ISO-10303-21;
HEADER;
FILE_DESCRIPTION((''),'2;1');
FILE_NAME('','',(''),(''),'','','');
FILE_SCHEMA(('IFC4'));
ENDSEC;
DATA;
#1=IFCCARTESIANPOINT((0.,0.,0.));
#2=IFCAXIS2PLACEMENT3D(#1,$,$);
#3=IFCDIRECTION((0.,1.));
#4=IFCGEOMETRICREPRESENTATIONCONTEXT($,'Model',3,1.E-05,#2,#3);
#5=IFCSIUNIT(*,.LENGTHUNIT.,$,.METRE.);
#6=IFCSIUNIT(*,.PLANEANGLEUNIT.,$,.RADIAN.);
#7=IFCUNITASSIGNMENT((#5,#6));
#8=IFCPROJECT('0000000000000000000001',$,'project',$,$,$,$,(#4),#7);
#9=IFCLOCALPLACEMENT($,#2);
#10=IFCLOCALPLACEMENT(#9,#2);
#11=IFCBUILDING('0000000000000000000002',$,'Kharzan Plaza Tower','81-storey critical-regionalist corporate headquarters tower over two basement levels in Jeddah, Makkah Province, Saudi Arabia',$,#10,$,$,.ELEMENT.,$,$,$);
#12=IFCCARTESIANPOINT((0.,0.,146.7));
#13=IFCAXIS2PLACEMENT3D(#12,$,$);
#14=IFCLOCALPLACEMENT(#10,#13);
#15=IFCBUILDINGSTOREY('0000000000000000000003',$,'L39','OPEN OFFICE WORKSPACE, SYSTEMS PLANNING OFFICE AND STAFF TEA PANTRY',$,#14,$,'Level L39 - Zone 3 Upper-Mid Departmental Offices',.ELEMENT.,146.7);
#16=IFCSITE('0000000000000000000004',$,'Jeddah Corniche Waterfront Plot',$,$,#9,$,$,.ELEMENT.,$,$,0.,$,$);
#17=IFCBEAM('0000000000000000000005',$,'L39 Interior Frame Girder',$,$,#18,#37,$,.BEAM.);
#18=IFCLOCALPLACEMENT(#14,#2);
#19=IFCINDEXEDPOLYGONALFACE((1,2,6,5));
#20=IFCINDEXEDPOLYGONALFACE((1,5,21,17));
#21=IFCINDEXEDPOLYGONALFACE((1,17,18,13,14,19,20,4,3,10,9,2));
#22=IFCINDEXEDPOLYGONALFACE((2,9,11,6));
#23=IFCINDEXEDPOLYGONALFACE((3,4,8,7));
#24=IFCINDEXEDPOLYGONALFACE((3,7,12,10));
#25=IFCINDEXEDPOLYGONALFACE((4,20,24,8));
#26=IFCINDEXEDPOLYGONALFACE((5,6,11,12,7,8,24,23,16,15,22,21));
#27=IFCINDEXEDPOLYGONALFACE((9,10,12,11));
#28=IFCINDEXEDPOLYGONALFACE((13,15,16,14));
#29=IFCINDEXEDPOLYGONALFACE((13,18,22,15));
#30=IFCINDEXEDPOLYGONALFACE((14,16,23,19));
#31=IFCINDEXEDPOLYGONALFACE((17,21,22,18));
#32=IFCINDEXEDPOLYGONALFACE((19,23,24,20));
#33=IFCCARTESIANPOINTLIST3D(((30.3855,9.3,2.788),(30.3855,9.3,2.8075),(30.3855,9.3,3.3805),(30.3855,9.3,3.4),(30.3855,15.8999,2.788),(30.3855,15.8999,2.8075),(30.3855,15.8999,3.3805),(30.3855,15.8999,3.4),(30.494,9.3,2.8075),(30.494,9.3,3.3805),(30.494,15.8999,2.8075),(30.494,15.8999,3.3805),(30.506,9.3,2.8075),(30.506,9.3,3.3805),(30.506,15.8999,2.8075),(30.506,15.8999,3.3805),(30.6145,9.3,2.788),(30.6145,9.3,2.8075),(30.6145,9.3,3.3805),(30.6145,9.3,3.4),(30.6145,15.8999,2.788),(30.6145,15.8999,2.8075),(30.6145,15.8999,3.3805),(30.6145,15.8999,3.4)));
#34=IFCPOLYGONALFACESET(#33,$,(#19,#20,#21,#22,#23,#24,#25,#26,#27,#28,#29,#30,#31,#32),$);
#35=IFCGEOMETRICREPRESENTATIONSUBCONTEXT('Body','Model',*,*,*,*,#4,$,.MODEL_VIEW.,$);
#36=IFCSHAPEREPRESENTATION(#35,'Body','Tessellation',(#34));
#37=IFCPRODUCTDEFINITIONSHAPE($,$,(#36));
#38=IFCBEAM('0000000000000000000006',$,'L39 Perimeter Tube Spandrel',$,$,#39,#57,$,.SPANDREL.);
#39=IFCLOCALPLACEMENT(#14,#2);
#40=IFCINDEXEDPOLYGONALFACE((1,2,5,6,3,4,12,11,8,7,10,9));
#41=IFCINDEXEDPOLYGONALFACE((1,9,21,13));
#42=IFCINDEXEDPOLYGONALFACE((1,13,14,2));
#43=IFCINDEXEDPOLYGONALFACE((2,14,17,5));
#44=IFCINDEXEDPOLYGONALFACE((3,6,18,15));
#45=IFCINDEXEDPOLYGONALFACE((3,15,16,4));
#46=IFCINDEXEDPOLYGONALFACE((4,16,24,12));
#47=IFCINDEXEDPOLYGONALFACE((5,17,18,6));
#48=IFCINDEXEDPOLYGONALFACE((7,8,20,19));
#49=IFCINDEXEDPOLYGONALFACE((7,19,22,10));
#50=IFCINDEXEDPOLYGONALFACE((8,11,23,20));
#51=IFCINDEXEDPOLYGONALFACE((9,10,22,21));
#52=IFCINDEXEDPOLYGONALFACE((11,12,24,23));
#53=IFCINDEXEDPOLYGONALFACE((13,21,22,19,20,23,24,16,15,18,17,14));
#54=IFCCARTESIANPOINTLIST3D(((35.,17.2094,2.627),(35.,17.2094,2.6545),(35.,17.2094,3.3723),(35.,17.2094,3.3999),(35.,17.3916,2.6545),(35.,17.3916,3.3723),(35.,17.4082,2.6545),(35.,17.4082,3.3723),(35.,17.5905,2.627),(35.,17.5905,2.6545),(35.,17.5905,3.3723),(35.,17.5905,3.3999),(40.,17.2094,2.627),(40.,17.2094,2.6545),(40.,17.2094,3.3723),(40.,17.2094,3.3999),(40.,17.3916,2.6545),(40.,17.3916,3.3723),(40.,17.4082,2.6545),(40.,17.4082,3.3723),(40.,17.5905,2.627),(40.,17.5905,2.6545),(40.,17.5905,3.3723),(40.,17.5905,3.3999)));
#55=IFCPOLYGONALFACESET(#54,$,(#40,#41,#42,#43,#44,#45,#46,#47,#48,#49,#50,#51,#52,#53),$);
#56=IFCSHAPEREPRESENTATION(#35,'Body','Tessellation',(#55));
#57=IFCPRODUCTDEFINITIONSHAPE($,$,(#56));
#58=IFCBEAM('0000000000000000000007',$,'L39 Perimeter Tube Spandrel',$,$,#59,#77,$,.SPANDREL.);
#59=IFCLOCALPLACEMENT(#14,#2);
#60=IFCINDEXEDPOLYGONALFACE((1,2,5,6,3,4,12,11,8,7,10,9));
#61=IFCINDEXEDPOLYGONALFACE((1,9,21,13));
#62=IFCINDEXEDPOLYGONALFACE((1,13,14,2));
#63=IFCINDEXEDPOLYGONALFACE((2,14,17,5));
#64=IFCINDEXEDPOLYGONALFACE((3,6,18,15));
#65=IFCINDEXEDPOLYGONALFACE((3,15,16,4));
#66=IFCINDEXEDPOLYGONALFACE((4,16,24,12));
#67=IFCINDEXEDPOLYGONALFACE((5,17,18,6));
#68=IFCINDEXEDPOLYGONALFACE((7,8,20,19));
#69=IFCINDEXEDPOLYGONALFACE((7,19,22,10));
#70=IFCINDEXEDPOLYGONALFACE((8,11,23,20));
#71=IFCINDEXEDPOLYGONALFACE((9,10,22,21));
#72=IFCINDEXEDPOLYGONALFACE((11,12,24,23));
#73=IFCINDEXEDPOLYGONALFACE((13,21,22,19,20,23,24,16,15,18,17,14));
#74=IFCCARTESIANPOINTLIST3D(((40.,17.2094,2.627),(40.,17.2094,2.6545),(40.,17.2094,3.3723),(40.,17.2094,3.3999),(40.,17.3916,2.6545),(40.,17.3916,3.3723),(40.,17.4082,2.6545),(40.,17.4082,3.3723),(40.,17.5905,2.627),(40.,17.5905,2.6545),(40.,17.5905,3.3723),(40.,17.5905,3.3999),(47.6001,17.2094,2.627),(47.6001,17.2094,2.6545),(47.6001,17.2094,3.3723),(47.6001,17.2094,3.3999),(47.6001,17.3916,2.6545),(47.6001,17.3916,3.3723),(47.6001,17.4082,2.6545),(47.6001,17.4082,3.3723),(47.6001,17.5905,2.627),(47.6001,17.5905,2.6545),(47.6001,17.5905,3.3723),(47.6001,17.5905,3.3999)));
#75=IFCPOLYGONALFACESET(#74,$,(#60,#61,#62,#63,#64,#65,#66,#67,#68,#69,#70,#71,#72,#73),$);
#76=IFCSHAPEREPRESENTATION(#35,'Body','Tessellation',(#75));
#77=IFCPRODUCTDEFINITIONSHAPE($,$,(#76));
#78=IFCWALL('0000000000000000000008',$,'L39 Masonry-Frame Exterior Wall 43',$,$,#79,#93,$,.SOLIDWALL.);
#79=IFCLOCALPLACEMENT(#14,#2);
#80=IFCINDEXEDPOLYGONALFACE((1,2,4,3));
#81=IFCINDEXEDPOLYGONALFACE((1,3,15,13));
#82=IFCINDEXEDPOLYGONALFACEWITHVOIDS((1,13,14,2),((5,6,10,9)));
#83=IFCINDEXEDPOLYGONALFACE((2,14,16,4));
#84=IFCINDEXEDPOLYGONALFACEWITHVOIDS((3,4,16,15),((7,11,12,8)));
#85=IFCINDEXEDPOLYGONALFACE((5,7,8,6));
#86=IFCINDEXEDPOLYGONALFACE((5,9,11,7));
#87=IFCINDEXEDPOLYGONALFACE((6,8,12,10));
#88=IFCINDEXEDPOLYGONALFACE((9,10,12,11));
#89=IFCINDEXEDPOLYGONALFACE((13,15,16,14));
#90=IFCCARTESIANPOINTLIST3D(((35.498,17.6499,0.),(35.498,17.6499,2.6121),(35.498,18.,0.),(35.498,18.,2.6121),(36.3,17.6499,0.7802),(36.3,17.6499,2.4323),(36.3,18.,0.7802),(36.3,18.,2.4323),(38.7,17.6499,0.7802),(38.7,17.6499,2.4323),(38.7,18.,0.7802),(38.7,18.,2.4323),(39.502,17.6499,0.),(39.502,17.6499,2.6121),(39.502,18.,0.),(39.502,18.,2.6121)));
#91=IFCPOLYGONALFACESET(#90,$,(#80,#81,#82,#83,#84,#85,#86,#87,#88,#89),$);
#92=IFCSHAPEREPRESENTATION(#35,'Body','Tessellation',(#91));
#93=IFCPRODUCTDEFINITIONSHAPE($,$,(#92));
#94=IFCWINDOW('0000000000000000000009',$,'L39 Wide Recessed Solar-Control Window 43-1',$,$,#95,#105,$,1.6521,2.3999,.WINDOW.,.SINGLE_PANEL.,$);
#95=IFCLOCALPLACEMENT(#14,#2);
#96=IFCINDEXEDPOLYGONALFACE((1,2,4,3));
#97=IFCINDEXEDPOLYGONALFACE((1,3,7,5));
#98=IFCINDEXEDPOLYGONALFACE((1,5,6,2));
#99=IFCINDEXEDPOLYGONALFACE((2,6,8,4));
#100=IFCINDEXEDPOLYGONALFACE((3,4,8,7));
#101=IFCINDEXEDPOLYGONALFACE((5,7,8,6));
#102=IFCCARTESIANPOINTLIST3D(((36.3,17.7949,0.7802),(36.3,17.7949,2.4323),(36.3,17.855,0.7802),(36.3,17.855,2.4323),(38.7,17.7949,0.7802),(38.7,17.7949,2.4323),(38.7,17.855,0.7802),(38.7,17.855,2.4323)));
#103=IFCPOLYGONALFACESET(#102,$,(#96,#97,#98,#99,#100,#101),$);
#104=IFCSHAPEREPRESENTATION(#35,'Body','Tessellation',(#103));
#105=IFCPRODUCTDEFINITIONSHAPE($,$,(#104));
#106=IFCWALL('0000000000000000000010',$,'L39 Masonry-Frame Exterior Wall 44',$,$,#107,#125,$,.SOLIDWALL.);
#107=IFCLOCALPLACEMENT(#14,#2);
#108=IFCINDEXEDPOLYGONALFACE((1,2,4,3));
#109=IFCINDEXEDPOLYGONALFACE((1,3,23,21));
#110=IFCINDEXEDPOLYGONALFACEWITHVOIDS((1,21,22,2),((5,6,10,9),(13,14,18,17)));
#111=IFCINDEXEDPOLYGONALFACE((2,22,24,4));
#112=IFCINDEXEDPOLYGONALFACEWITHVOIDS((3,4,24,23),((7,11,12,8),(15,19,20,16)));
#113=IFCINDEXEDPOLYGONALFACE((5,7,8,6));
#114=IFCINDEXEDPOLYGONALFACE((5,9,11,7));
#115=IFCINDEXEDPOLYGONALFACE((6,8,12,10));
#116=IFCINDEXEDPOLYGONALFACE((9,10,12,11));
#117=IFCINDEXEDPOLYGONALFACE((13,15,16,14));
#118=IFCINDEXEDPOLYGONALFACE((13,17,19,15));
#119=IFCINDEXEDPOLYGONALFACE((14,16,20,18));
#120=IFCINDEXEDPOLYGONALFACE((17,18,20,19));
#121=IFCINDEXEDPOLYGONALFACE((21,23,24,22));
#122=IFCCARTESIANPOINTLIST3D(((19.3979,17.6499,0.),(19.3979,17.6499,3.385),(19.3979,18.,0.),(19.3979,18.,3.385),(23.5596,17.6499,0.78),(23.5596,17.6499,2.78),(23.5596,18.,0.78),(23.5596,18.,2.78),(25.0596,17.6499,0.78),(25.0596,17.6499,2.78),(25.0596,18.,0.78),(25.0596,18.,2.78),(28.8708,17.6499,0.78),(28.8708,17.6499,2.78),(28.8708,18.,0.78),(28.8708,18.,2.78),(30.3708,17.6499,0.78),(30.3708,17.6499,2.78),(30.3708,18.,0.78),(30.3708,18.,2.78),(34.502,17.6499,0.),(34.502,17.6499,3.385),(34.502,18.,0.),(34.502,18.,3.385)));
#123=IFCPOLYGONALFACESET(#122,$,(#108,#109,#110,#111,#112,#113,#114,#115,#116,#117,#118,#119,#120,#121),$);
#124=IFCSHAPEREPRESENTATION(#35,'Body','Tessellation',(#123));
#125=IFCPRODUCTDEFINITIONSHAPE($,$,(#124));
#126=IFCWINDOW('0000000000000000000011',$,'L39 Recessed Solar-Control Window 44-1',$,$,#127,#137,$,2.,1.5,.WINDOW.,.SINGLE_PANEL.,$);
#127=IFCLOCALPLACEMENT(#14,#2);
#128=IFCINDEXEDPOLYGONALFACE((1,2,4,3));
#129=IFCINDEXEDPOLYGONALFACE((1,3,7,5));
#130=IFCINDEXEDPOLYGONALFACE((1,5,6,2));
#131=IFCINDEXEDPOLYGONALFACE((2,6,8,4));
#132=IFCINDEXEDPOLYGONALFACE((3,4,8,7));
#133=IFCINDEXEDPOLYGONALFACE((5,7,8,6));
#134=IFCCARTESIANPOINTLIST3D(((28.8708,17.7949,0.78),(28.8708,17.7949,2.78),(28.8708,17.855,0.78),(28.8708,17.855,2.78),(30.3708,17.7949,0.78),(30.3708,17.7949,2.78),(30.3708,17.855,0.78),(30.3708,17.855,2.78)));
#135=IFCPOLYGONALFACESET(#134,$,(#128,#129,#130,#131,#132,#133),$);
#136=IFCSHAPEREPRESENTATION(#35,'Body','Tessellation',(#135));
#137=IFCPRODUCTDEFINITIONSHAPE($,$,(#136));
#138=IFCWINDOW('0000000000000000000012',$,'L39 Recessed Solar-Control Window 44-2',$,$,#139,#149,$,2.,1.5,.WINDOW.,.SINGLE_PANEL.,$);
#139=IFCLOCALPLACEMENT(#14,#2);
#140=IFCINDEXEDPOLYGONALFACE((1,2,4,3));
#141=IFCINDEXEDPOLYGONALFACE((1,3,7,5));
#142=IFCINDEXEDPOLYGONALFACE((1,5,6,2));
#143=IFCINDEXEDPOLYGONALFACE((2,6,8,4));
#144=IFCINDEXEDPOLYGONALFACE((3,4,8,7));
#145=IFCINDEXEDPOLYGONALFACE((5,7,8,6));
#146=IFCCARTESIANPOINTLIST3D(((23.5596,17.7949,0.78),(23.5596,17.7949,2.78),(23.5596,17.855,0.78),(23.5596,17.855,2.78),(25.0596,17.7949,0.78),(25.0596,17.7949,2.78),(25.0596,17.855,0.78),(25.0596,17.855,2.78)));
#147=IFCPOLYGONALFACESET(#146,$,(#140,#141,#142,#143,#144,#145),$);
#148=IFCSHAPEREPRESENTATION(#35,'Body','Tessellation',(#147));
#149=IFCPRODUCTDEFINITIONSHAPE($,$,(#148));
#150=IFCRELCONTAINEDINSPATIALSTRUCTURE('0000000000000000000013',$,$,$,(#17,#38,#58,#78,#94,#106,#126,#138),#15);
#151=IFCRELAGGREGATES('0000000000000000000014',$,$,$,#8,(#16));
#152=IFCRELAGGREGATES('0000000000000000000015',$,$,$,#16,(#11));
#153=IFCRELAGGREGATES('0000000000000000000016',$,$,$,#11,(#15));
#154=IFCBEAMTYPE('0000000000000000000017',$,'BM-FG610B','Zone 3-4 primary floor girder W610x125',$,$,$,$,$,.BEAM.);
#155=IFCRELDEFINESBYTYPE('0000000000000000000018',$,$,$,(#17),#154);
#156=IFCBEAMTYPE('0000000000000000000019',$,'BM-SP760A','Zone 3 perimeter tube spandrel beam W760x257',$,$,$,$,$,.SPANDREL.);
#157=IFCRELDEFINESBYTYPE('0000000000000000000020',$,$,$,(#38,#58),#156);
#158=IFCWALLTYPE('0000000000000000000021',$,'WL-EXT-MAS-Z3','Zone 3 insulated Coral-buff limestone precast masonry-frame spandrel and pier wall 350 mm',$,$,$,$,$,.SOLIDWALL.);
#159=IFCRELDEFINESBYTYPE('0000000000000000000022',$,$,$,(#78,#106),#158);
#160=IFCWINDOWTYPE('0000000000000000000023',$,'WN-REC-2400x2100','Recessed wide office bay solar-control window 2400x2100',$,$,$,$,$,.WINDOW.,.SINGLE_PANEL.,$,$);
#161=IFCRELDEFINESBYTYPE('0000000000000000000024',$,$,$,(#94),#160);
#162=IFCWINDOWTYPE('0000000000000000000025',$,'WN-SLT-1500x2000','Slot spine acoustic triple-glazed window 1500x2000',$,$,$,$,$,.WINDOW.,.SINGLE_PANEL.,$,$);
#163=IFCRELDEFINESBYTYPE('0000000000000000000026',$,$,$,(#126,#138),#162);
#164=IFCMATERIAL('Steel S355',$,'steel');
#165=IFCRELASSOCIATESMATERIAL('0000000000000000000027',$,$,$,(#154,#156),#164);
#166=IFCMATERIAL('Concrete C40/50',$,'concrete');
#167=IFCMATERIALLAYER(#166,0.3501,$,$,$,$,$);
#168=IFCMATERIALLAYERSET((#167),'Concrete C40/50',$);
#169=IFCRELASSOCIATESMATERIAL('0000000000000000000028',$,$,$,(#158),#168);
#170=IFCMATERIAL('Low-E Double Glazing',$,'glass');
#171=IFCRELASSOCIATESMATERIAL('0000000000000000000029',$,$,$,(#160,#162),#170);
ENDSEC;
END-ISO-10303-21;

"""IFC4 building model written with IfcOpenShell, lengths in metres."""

from ifc_helpers import new_model, si_unit, direction, frame, frame_2d, origin, origin_2d, place, context, subcontext, project, spatial, rectangle, i_section, extrude, source, transform, mapped, material, layer, layer_set, material_profile, profile_set, type_object, element, fill, save


model = new_model("IFC4")

# Units and contexts
model_context = context("Model", 3, precision=1e-05, world=origin(), true_north=direction((0.0, 1.0)))
body_context = subcontext(model_context, "Body", "Model", "MODEL_VIEW")
ifc_project = project(units=[si_unit("LENGTHUNIT", "METRE"), si_unit("PLANEANGLEUNIT", "RADIAN")], contexts=[model_context])

# Site, building, storey
site_placement = place(None, origin())
site = spatial("IfcSite", under=ifc_project, at=site_placement, Name="Jeddah Corniche Waterfront Plot", CompositionType="ELEMENT", RefElevation=0.0)
building_placement = place(site_placement, origin())
building = spatial("IfcBuilding", under=site, at=building_placement, Name="Kharzan Plaza Tower", Description="81-storey critical-regionalist corporate headquarters tower over two basement levels in Jeddah, Makkah Province, Saudi Arabia", CompositionType="ELEMENT")
storey_placement = place(building_placement, frame((0.0, 0.0, 146.7)))
storey = spatial("IfcBuildingStorey", under=building, at=storey_placement, Name="L39", Description="OPEN OFFICE WORKSPACE, SYSTEMS PLANNING OFFICE AND STAFF TEA PANTRY", LongName="Level L39 - Zone 3 Upper-Mid Departmental Offices", CompositionType="ELEMENT", Elevation=146.7)

# Beams
ifc_material_1 = material(Name="Steel S355", Category="steel")
ifc_material_profile_1 = material_profile(ifc_material_1, i_section(OverallWidth=0.229, OverallDepth=0.6121, WebThickness=0.012, FlangeThickness=0.0195, at=origin_2d()), Name="W610x125")
ifc_profile_set_1 = profile_set([ifc_material_profile_1], Name="Steel S355")
beam_type_1 = type_object("IfcBeamType", Name="BM-FG610B", Description="Zone 3-4 primary floor girder W610x125", PredefinedType="BEAM", material=ifc_profile_set_1)
shared_shape_1 = source(origin(), body_context, "Body", "SweptSolid", [
    extrude(i_section(OverallWidth=0.229, OverallDepth=0.6121, WebThickness=0.012, FlangeThickness=0.0195, at=origin_2d()), origin(), (0.0, 0.0, 1.0), 6.5999),
])
beam_1_placement = place(storey_placement, frame((30.5, 9.3, 3.094), z_axis=(0.0, 1.0, 0.0), x_axis=(-1.0, 0.0, 0.0)))
element("IfcBeam", 1, at=beam_1_placement, inside=storey, type_object=beam_type_1, Name="L39 Interior Frame Girder", PredefinedType="BEAM", context=body_context, shape_type="MappedRepresentation", body=[
    mapped(shared_shape_1, transform((0.0, 0.0, 0.0), x_axis=(1.0, 0.0, 0.0), y_axis=(0.0, 1.0, 0.0), z_axis=(0.0, 0.0, 1.0))),
])
ifc_material_profile_2 = material_profile(ifc_material_1, i_section(OverallWidth=0.3811, OverallDepth=0.7729, WebThickness=0.0166, FlangeThickness=0.0276, at=origin_2d()), Name="W760x257")
ifc_profile_set_2 = profile_set([ifc_material_profile_2], Name="Steel S355")
beam_type_2 = type_object("IfcBeamType", Name="BM-SP760A", Description="Zone 3 perimeter tube spandrel beam W760x257", PredefinedType="SPANDREL", material=ifc_profile_set_2)
shared_shape_2 = source(origin(), body_context, "Body", "SweptSolid", [
    extrude(i_section(OverallWidth=0.3811, OverallDepth=0.7729, WebThickness=0.0166, FlangeThickness=0.0276, at=origin_2d()), origin(), (0.0, 0.0, 1.0), 5.0),
])
beam_2_placement = place(storey_placement, frame((35.0, 17.3999, 3.0134), z_axis=(1.0, 0.0, 0.0), x_axis=(0.0, 1.0, 0.0)))
element("IfcBeam", 2, at=beam_2_placement, inside=storey, type_object=beam_type_2, Name="L39 Perimeter Tube Spandrel", PredefinedType="SPANDREL", context=body_context, shape_type="MappedRepresentation", body=[
    mapped(shared_shape_2, transform((0.0, 0.0, 0.0), x_axis=(1.0, 0.0, 0.0), y_axis=(0.0, 1.0, 0.0), z_axis=(0.0, 0.0, 1.0))),
])
shared_shape_3 = source(origin(), body_context, "Body", "SweptSolid", [
    extrude(i_section(OverallWidth=0.3811, OverallDepth=0.7729, WebThickness=0.0166, FlangeThickness=0.0276, at=origin_2d()), origin(), (0.0, 0.0, 1.0), 7.6001),
])
beam_3_placement = place(storey_placement, frame((40.0, 17.3999, 3.0134), z_axis=(1.0, 0.0, 0.0), x_axis=(0.0, 1.0, 0.0)))
element("IfcBeam", 3, at=beam_3_placement, inside=storey, type_object=beam_type_2, Name="L39 Perimeter Tube Spandrel", PredefinedType="SPANDREL", context=body_context, shape_type="MappedRepresentation", body=[
    mapped(shared_shape_3, transform((0.0, 0.0, 0.0), x_axis=(1.0, 0.0, 0.0), y_axis=(0.0, 1.0, 0.0), z_axis=(0.0, 0.0, 1.0))),
])

# Wall, opening, window
ifc_material_2 = material(Name="Concrete C40/50", Category="concrete")
ifc_layer_1 = layer(ifc_material_2, 0.3501)
ifc_layer_set_1 = layer_set([ifc_layer_1], Name="Concrete C40/50")
wall_type_1 = type_object("IfcWallType", Name="WL-EXT-MAS-Z3", Description="Zone 3 insulated Coral-buff limestone precast masonry-frame spandrel and pier wall 350 mm", PredefinedType="SOLIDWALL", material=ifc_layer_set_1)
wall_1_placement = place(storey_placement, frame((39.502, 17.825, 0.0), z_axis=(0.0, 0.0, 1.0), x_axis=(-1.0, 0.0, 0.0)))
wall_1 = element("IfcWall", 4, at=wall_1_placement, inside=storey, type_object=wall_type_1, Name="L39 Masonry-Frame Exterior Wall 43", PredefinedType="SOLIDWALL", context=body_context, shape_type="SweptSolid", body=[
    extrude(rectangle(XDim=4.0039, YDim=0.3501, at=frame_2d((2.002, 0.0))), origin(), (0.0, 0.0, 1.0), 2.6121),
])
opening_1_placement = place(wall_1_placement, frame((0.802, 0.0, 0.78)))
opening_1 = element("IfcOpeningElement", 5, at=opening_1_placement, cuts=wall_1, PredefinedType="OPENING", context=body_context, shape_type="SweptSolid", body=[
    extrude(rectangle(XDim=2.3999, YDim=1.6521, at=frame_2d((1.2, 0.8262))), frame((0.0, 0.1851, 0.0), z_axis=(0.0, -1.0, 0.0), x_axis=(1.0, 0.0, 0.0)), (0.0, 0.0, 1.0), 0.3701),
])
ifc_material_3 = material(Name="Low-E Double Glazing", Category="glass")
window_type_1 = type_object("IfcWindowType", Name="WN-REC-2400x2100", Description="Recessed wide office bay solar-control window 2400x2100", PartitioningType="SINGLE_PANEL", PredefinedType="WINDOW", material=ifc_material_3)
shared_shape_4 = source(origin(), body_context, "Body", "SweptSolid", [
    extrude(rectangle(XDim=2.3999, YDim=1.6521, at=frame_2d((1.2, 0.8262))), frame((0.0, 0.03, 0.0), z_axis=(0.0, -1.0, 0.0), x_axis=(1.0, 0.0, 0.0)), (0.0, 0.0, 1.0), 0.0601),
])
window_1_placement = place(opening_1_placement, origin())
window_1 = element("IfcWindow", 6, at=window_1_placement, inside=storey, type_object=window_type_1, Name="L39 Wide Recessed Solar-Control Window 43-1", OverallHeight=1.6521, OverallWidth=2.3999, PartitioningType="SINGLE_PANEL", PredefinedType="WINDOW", context=body_context, shape_type="MappedRepresentation", body=[
    mapped(shared_shape_4, transform((0.0, 0.0, 0.0), x_axis=(1.0, 0.0, 0.0), y_axis=(0.0, 1.0, 0.0), z_axis=(0.0, 0.0, 1.0))),
])
fill(opening_1, window_1)

# Wall, openings, windows
wall_2_placement = place(storey_placement, frame((34.502, 17.825, 0.0), z_axis=(0.0, 0.0, 1.0), x_axis=(-1.0, 0.0, 0.0)))
wall_2 = element("IfcWall", 7, at=wall_2_placement, inside=storey, type_object=wall_type_1, Name="L39 Masonry-Frame Exterior Wall 44", PredefinedType="SOLIDWALL", context=body_context, shape_type="SweptSolid", body=[
    extrude(rectangle(XDim=15.104, YDim=0.3501, at=frame_2d((7.552, 0.0))), origin(), (0.0, 0.0, 1.0), 3.385),
])
opening_2_placement = place(wall_2_placement, frame((4.1311, 0.0, 0.78)))
opening_2 = element("IfcOpeningElement", 8, at=opening_2_placement, cuts=wall_2, PredefinedType="OPENING", context=body_context, shape_type="SweptSolid", body=[
    extrude(rectangle(XDim=1.5, YDim=2.0, at=frame_2d((0.75, 1.0))), frame((0.0, 0.1851, 0.0), z_axis=(0.0, -1.0, 0.0), x_axis=(1.0, 0.0, 0.0)), (0.0, 0.0, 1.0), 0.3701),
])
opening_3_placement = place(wall_2_placement, frame((9.4424, 0.0, 0.78)))
opening_3 = element("IfcOpeningElement", 9, at=opening_3_placement, cuts=wall_2, PredefinedType="OPENING", context=body_context, shape_type="SweptSolid", body=[
    extrude(rectangle(XDim=1.5, YDim=2.0, at=frame_2d((0.75, 1.0))), frame((0.0, 0.1851, 0.0), z_axis=(0.0, -1.0, 0.0), x_axis=(1.0, 0.0, 0.0)), (0.0, 0.0, 1.0), 0.3701),
])
window_type_2 = type_object("IfcWindowType", Name="WN-SLT-1500x2000", Description="Slot spine acoustic triple-glazed window 1500x2000", PartitioningType="SINGLE_PANEL", PredefinedType="WINDOW", material=ifc_material_3)
shared_shape_5 = source(origin(), body_context, "Body", "SweptSolid", [
    extrude(rectangle(XDim=1.5, YDim=2.0, at=frame_2d((0.75, 1.0))), frame((0.0, 0.03, 0.0), z_axis=(0.0, -1.0, 0.0), x_axis=(1.0, 0.0, 0.0)), (0.0, 0.0, 1.0), 0.0601),
])
window_2_placement = place(opening_2_placement, origin())
window_2 = element("IfcWindow", 10, at=window_2_placement, inside=storey, type_object=window_type_2, Name="L39 Recessed Solar-Control Window 44-1", OverallHeight=2.0, OverallWidth=1.5, PartitioningType="SINGLE_PANEL", PredefinedType="WINDOW", context=body_context, shape_type="MappedRepresentation", body=[
    mapped(shared_shape_5, transform((0.0, 0.0, 0.0), x_axis=(1.0, 0.0, 0.0), y_axis=(0.0, 1.0, 0.0), z_axis=(0.0, 0.0, 1.0))),
])
fill(opening_2, window_2)
window_3_placement = place(opening_3_placement, origin())
window_3 = element("IfcWindow", 11, at=window_3_placement, inside=storey, type_object=window_type_2, Name="L39 Recessed Solar-Control Window 44-2", OverallHeight=2.0, OverallWidth=1.5, PartitioningType="SINGLE_PANEL", PredefinedType="WINDOW", context=body_context, shape_type="MappedRepresentation", body=[
    mapped(shared_shape_5, transform((0.0, 0.0, 0.0), x_axis=(1.0, 0.0, 0.0), y_axis=(0.0, 1.0, 0.0), z_axis=(0.0, 0.0, 1.0))),
])
fill(opening_3, window_3)

save(model, "model.ifc")
